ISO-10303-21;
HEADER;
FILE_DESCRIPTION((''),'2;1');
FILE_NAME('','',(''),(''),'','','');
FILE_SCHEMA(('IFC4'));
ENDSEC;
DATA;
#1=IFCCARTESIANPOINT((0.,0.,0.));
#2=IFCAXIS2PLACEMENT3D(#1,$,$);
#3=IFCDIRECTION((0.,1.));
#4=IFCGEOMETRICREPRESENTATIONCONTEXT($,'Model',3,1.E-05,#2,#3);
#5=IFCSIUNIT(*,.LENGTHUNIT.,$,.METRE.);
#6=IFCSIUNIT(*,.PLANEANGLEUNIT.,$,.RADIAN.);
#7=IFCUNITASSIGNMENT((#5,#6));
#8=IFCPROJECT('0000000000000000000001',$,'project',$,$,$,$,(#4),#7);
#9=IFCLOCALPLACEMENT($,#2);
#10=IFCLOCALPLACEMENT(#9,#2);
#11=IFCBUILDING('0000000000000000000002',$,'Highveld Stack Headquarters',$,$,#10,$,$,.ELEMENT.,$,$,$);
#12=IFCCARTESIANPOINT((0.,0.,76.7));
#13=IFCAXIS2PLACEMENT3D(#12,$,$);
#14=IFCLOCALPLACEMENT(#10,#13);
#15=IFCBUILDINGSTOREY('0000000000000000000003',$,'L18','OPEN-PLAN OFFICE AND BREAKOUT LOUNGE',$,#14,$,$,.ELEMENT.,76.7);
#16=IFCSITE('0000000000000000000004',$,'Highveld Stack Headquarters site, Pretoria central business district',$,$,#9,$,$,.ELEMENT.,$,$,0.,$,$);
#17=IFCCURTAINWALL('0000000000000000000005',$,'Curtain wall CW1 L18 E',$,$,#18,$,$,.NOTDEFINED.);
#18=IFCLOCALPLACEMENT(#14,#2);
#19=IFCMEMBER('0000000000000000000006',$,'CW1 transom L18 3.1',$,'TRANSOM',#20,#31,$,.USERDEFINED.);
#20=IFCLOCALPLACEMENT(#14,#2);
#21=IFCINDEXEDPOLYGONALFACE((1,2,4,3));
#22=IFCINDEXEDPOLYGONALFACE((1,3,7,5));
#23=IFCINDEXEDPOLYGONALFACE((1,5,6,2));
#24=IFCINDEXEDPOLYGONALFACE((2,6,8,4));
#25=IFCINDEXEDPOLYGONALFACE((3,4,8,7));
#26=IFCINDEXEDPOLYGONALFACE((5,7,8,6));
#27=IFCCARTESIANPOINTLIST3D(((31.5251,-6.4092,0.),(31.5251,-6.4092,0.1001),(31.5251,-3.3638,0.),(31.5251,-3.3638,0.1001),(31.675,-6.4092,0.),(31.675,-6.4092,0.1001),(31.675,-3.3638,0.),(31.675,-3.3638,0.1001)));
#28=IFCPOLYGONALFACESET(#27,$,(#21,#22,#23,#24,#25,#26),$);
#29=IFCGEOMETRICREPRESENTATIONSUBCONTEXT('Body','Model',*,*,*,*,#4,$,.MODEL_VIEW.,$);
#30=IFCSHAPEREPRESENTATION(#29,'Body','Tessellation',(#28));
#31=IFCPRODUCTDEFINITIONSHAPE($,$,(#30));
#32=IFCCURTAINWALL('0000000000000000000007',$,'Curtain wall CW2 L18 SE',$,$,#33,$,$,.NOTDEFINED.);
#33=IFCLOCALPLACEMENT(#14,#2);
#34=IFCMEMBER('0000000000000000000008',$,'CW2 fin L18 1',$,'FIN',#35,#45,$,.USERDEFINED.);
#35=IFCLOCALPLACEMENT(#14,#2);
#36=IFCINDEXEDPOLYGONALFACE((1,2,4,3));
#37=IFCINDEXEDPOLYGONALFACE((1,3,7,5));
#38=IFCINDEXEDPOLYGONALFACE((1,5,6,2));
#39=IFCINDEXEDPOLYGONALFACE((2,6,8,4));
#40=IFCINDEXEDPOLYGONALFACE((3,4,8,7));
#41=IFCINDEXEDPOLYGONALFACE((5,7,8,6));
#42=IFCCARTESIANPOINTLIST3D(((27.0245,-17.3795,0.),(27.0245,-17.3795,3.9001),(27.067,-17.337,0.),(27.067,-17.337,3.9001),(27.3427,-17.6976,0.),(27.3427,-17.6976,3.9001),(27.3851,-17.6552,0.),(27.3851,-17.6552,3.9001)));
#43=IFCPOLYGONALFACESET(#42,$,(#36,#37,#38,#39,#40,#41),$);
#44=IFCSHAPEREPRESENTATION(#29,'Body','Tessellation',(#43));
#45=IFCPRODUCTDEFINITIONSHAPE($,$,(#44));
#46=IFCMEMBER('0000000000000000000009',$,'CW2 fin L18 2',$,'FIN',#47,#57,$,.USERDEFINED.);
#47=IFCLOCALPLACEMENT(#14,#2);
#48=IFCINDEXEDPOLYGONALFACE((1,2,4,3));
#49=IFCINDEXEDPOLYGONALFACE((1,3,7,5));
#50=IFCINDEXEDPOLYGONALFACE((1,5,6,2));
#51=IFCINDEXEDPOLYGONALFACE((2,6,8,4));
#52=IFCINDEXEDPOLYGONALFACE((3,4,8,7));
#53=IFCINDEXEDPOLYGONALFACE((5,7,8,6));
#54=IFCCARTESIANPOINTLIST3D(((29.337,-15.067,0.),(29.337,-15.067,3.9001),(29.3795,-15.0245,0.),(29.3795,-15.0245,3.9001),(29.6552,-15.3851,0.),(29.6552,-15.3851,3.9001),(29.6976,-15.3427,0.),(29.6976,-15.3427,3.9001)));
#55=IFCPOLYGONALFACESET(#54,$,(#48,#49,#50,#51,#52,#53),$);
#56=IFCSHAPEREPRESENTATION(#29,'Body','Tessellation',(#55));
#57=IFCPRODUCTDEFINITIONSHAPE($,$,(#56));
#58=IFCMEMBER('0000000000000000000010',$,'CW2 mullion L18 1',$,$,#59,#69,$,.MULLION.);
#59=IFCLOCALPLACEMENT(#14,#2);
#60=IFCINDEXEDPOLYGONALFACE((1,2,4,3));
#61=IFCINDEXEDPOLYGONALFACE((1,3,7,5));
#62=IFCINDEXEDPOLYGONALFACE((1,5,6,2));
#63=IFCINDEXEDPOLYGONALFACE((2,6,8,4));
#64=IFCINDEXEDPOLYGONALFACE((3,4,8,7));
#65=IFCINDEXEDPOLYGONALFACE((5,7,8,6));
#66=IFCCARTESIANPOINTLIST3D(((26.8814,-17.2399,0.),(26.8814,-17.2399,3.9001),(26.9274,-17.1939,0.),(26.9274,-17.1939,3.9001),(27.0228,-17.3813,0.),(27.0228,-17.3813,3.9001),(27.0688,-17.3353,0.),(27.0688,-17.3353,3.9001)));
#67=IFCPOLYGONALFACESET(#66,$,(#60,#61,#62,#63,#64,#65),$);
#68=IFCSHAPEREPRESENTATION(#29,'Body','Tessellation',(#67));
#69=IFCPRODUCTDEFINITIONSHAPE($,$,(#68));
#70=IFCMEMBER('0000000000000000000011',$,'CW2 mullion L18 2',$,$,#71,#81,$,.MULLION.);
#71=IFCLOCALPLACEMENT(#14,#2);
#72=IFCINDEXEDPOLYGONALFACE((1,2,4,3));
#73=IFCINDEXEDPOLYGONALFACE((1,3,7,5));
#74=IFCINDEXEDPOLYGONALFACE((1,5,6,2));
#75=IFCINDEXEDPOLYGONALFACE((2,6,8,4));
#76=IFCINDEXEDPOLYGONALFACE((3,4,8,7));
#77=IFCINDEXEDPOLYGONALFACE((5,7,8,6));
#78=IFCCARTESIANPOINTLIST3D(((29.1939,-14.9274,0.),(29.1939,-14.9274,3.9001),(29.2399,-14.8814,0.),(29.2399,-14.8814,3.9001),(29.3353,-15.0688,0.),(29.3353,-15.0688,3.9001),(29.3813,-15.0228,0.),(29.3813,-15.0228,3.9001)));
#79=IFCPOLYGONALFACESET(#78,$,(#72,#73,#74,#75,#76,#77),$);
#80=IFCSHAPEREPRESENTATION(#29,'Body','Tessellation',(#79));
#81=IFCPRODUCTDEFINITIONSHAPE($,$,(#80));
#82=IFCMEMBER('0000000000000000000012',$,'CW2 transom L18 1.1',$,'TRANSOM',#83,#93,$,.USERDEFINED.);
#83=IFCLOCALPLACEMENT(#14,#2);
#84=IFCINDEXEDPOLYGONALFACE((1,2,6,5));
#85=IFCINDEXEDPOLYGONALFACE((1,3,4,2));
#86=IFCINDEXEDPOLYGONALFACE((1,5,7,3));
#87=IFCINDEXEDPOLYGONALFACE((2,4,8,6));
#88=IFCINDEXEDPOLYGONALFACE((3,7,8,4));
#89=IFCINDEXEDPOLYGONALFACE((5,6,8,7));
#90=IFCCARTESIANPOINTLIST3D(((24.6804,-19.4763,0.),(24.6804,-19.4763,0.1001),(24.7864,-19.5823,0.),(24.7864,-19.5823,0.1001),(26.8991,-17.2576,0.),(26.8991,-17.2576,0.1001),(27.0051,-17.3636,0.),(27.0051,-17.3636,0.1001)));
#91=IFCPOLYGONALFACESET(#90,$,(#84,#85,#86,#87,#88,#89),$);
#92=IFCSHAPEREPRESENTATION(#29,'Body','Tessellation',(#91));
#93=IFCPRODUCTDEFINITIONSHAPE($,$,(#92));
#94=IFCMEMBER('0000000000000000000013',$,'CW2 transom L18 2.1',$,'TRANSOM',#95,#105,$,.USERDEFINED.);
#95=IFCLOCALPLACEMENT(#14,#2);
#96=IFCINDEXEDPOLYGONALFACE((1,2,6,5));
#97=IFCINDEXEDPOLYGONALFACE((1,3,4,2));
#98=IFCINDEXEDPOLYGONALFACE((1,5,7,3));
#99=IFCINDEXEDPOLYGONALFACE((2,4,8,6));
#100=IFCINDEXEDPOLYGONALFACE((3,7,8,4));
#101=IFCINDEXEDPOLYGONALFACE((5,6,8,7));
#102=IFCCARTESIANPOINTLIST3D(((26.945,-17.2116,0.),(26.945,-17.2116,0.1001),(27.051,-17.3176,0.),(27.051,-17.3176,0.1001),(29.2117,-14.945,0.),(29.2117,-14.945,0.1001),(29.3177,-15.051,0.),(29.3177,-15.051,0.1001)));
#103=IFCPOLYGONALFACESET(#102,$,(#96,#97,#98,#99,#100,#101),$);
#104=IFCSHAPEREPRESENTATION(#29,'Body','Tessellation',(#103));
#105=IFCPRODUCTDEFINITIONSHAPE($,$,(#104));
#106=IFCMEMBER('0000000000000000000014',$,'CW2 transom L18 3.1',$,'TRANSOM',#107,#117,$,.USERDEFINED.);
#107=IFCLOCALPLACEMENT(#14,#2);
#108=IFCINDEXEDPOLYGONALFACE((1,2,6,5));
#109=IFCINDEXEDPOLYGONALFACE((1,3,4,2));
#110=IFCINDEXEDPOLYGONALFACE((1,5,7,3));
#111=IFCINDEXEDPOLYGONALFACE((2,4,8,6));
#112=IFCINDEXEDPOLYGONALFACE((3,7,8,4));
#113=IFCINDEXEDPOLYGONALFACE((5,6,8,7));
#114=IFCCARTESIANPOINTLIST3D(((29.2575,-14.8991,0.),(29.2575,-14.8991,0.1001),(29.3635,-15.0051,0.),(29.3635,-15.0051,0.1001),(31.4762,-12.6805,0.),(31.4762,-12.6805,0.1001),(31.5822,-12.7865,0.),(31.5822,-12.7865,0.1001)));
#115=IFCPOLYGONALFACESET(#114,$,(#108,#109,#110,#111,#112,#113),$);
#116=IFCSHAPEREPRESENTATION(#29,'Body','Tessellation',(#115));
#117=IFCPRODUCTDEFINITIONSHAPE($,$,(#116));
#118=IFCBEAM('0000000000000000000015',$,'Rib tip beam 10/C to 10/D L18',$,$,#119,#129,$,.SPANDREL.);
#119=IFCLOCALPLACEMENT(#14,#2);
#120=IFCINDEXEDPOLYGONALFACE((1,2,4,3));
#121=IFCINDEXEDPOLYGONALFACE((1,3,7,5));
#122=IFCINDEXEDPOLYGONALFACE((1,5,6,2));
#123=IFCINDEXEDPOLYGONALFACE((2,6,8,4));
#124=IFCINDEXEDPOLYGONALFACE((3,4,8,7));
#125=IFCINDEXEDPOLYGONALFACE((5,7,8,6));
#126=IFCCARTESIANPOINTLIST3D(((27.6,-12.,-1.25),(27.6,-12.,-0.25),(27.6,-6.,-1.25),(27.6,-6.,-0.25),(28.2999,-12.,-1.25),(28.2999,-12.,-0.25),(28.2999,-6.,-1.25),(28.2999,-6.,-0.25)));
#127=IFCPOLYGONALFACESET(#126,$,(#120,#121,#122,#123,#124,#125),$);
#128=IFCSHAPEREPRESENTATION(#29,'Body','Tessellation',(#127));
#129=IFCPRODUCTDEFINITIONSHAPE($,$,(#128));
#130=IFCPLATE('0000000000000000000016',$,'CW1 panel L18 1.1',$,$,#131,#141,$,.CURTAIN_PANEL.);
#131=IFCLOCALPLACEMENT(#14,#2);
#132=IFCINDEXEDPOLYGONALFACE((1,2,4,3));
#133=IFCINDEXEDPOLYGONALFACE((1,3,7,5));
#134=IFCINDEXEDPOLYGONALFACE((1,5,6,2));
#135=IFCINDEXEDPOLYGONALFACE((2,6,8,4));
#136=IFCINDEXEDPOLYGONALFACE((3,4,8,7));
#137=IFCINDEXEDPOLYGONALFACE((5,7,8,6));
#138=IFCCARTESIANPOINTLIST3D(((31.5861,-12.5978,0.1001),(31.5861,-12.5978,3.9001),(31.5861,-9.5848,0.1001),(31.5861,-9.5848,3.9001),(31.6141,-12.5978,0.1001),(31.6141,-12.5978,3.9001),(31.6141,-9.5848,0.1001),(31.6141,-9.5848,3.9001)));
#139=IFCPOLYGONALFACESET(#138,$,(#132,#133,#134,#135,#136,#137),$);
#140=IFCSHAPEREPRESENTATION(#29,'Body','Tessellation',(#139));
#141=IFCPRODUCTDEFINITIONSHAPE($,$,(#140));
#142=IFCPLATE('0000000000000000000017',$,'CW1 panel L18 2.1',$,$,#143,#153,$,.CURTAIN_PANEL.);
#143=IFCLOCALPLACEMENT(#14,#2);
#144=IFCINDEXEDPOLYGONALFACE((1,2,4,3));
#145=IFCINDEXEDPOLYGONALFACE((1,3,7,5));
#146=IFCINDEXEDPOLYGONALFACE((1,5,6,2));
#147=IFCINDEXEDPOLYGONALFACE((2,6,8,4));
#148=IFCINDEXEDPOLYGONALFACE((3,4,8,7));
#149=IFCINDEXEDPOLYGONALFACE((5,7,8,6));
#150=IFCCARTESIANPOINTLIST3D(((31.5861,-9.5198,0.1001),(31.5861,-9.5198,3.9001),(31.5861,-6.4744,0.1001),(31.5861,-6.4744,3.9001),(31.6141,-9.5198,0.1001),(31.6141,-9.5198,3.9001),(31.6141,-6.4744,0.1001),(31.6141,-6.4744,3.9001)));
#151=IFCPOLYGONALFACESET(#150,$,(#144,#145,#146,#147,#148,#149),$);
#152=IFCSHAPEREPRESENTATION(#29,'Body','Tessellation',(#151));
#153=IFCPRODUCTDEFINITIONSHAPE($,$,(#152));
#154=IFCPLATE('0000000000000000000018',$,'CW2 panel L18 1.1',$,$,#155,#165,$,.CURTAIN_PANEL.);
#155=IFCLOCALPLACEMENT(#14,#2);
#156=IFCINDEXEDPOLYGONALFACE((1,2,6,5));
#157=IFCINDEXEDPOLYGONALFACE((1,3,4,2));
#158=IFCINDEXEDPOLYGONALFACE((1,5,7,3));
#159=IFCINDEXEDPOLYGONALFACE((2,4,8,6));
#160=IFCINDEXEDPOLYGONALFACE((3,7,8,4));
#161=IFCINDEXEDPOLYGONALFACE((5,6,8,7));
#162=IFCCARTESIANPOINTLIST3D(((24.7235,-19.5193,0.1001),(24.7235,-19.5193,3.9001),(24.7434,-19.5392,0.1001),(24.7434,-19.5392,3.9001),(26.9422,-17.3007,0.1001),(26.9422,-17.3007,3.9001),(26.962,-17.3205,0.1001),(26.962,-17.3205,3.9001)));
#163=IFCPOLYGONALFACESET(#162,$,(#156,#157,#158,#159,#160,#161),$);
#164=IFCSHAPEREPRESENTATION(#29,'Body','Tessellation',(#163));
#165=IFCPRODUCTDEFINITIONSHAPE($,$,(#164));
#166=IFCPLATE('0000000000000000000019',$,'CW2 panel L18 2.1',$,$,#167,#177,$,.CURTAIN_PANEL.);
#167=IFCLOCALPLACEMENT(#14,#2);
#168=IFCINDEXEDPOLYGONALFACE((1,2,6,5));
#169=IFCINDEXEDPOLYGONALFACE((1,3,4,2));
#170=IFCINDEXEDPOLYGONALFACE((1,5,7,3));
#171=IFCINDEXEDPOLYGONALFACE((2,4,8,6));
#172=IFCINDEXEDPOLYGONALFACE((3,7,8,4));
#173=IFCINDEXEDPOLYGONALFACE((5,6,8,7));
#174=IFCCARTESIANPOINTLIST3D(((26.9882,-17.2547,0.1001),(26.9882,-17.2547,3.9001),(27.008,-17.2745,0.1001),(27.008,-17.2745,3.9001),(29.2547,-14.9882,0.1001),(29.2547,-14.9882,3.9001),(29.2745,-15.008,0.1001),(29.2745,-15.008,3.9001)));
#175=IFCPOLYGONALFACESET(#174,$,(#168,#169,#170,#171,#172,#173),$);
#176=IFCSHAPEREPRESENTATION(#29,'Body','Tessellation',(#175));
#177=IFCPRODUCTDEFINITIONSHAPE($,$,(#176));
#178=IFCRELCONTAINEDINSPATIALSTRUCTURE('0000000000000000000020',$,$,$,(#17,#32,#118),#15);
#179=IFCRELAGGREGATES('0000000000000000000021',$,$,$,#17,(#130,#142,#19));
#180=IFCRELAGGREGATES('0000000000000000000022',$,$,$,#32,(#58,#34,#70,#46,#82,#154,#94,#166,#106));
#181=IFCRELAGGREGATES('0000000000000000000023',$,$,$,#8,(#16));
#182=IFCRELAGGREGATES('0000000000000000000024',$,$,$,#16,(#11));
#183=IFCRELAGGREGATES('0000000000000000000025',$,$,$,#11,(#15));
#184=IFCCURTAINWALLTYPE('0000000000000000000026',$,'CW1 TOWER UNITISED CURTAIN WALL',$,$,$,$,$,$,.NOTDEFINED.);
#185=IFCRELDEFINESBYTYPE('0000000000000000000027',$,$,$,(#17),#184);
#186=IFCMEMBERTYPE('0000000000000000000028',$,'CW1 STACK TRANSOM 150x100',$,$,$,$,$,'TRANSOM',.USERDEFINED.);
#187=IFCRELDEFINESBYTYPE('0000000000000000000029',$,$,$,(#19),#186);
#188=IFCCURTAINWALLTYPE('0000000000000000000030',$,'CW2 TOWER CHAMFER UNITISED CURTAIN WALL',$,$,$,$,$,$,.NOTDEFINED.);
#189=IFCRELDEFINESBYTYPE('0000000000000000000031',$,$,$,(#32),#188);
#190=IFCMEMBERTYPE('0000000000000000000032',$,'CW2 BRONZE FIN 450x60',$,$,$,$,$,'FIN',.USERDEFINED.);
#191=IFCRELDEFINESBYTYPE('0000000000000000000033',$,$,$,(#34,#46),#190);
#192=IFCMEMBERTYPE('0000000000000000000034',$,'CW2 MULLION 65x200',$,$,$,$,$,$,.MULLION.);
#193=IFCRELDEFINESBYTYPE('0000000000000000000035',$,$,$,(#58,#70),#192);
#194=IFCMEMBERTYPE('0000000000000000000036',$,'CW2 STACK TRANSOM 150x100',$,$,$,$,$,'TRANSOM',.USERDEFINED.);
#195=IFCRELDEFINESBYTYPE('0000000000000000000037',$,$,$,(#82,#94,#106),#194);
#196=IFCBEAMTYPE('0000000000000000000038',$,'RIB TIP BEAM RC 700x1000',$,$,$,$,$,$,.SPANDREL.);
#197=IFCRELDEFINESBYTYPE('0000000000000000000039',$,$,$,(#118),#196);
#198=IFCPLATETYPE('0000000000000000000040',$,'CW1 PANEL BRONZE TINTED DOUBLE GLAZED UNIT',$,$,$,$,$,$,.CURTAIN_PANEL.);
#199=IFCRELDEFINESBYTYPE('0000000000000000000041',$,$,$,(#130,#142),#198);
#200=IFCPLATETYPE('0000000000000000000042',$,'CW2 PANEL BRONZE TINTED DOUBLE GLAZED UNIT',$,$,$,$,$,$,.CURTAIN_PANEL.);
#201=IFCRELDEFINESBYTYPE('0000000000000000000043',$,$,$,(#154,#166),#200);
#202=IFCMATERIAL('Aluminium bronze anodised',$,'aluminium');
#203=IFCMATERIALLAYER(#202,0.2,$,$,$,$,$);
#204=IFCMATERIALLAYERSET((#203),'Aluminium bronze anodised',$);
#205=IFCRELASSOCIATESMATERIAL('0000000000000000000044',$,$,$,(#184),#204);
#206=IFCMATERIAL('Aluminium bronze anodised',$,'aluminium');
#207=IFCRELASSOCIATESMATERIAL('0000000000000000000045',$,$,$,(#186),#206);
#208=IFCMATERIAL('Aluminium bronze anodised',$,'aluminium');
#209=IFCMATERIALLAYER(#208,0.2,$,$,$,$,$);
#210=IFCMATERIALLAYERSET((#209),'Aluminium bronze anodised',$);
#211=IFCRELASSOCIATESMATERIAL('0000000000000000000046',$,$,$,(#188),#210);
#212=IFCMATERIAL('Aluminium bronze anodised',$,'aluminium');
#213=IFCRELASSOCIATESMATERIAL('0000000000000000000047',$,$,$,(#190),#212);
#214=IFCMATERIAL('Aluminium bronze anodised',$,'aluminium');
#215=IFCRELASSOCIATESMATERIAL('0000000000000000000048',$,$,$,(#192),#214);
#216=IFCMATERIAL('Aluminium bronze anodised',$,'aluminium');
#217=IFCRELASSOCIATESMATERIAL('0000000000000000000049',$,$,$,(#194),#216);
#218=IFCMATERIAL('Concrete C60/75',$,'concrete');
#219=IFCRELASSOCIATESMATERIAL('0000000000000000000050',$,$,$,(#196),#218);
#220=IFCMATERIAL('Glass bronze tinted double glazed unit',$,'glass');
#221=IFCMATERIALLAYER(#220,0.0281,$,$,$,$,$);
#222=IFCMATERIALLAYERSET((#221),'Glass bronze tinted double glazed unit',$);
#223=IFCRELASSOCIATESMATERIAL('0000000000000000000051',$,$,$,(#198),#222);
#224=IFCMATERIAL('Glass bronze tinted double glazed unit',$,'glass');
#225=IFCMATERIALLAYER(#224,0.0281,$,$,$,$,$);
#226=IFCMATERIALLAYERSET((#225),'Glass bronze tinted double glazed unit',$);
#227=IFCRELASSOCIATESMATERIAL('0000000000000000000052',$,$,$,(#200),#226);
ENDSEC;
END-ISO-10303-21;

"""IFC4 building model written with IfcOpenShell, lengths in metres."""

from ifc_helpers import new_model, si_unit, direction, frame, origin, origin_2d, place, context, subcontext, project, spatial, rectangle, extrude, material, layer, layer_set, material_profile, profile_set, type_object, element, aggregate, save


model = new_model("IFC4")

# Units and contexts
model_context = context("Model", 3, precision=1e-05, world=origin(), true_north=direction((0.0, 1.0)))
body_context = subcontext(model_context, "Body", "Model", "MODEL_VIEW")
ifc_project = project(units=[si_unit("LENGTHUNIT", "METRE"), si_unit("PLANEANGLEUNIT", "RADIAN")], contexts=[model_context])

# Site, building, storey
site_placement = place(None, origin())
site = spatial("IfcSite", under=ifc_project, at=site_placement, Name="Highveld Stack Headquarters site, Pretoria central business district", CompositionType="ELEMENT", RefElevation=0.0)
building_placement = place(site_placement, origin())
building = spatial("IfcBuilding", under=site, at=building_placement, Name="Highveld Stack Headquarters", CompositionType="ELEMENT")
storey_placement = place(building_placement, frame((0.0, 0.0, 76.7)))
storey = spatial("IfcBuildingStorey", under=building, at=storey_placement, Name="L18", Description="OPEN-PLAN OFFICE AND BREAKOUT LOUNGE", CompositionType="ELEMENT", Elevation=76.7)

# Shared definitions
ifc_material_1 = material(Name="Aluminium bronze anodised", Category="aluminium")
ifc_layer_1 = layer(ifc_material_1, 0.2)
ifc_layer_set_1 = layer_set([ifc_layer_1], Name="Aluminium bronze anodised")
curtain_wall_type_1 = type_object("IfcCurtainWallType", Name="CW1 TOWER UNITISED CURTAIN WALL", PredefinedType="NOTDEFINED", material=ifc_layer_set_1)

# Curtain wall
curtain_wall_1_placement = place(storey_placement, origin())
curtain_wall_1 = element("IfcCurtainWall", 1, at=curtain_wall_1_placement, inside=storey, type_object=curtain_wall_type_1, Name="Curtain wall CW1 L18 E", PredefinedType="NOTDEFINED")

# Member
ifc_material_2 = material(Name="Aluminium bronze anodised", Category="aluminium")
ifc_material_profile_1 = material_profile(ifc_material_2, rectangle(XDim=0.1499, YDim=0.1001, at=origin_2d()), Name="CW1 TRANSOM 150x100")
ifc_profile_set_1 = profile_set([ifc_material_profile_1], Name="Aluminium bronze anodised")
member_type_1 = type_object("IfcMemberType", Name="CW1 STACK TRANSOM 150x100", ElementType="TRANSOM", PredefinedType="USERDEFINED", material=ifc_profile_set_1)
member_1_placement = place(storey_placement, frame((31.6001, -6.4092, 0.05), z_axis=(0.0, 1.0, 0.0), x_axis=(-1.0, 0.0, 0.0)))
member_1 = element("IfcMember", 2, at=member_1_placement, type_object=member_type_1, Name="CW1 transom L18 3.1", ObjectType="TRANSOM", PredefinedType="USERDEFINED", context=body_context, shape_type="SweptSolid", body=[
    extrude(rectangle(XDim=0.1499, YDim=0.1001, at=origin_2d()), origin(), (0.0, 0.0, 1.0), 3.0454),
])

# Curtain wall, members
ifc_material_3 = material(Name="Aluminium bronze anodised", Category="aluminium")
ifc_layer_2 = layer(ifc_material_3, 0.2)
ifc_layer_set_2 = layer_set([ifc_layer_2], Name="Aluminium bronze anodised")
curtain_wall_type_2 = type_object("IfcCurtainWallType", Name="CW2 TOWER CHAMFER UNITISED CURTAIN WALL", PredefinedType="NOTDEFINED", material=ifc_layer_set_2)
curtain_wall_2_placement = place(storey_placement, origin())
curtain_wall_2 = element("IfcCurtainWall", 3, at=curtain_wall_2_placement, inside=storey, type_object=curtain_wall_type_2, Name="Curtain wall CW2 L18 SE", PredefinedType="NOTDEFINED")
ifc_material_4 = material(Name="Aluminium bronze anodised", Category="aluminium")
ifc_material_profile_2 = material_profile(ifc_material_4, rectangle(XDim=0.45, YDim=0.0601, at=origin_2d()), Name="FIN 450x60")
ifc_profile_set_2 = profile_set([ifc_material_profile_2], Name="Aluminium bronze anodised")
member_type_2 = type_object("IfcMemberType", Name="CW2 BRONZE FIN 450x60", ElementType="FIN", PredefinedType="USERDEFINED", material=ifc_profile_set_2)
member_2_placement = place(storey_placement, frame((27.2048, -17.5173, 0.0), z_axis=(0.0, 0.0, 1.0), x_axis=(-0.707107, 0.707107, 0.0)))
member_2 = element("IfcMember", 4, at=member_2_placement, type_object=member_type_2, Name="CW2 fin L18 1", ObjectType="FIN", PredefinedType="USERDEFINED", context=body_context, shape_type="SweptSolid", body=[
    extrude(rectangle(XDim=0.45, YDim=0.0601, at=origin_2d()), origin(), (0.0, 0.0, 1.0), 3.9001),
])
member_3_placement = place(storey_placement, frame((29.5173, -15.2048, 0.0), z_axis=(0.0, 0.0, 1.0), x_axis=(-0.707107, 0.707107, 0.0)))
member_3 = element("IfcMember", 5, at=member_3_placement, type_object=member_type_2, Name="CW2 fin L18 2", ObjectType="FIN", PredefinedType="USERDEFINED", context=body_context, shape_type="SweptSolid", body=[
    extrude(rectangle(XDim=0.45, YDim=0.0601, at=origin_2d()), origin(), (0.0, 0.0, 1.0), 3.9001),
])
ifc_material_5 = material(Name="Aluminium bronze anodised", Category="aluminium")
ifc_material_profile_3 = material_profile(ifc_material_5, rectangle(XDim=0.2, YDim=0.0649, at=origin_2d()), Name="CW2 MULLION 65x200")
ifc_profile_set_3 = profile_set([ifc_material_profile_3], Name="Aluminium bronze anodised")
member_type_3 = type_object("IfcMemberType", Name="CW2 MULLION 65x200", PredefinedType="MULLION", material=ifc_profile_set_3)
member_4_placement = place(storey_placement, frame((26.9751, -17.2876, 0.0), z_axis=(0.0, 0.0, 1.0), x_axis=(-0.707107, 0.707107, 0.0)))
member_4 = element("IfcMember", 6, at=member_4_placement, type_object=member_type_3, Name="CW2 mullion L18 1", PredefinedType="MULLION", context=body_context, shape_type="SweptSolid", body=[
    extrude(rectangle(XDim=0.2, YDim=0.0649, at=origin_2d()), origin(), (0.0, 0.0, 1.0), 3.9001),
])
member_5_placement = place(storey_placement, frame((29.2876, -14.9751, 0.0), z_axis=(0.0, 0.0, 1.0), x_axis=(-0.707107, 0.707107, 0.0)))
member_5 = element("IfcMember", 7, at=member_5_placement, type_object=member_type_3, Name="CW2 mullion L18 2", PredefinedType="MULLION", context=body_context, shape_type="SweptSolid", body=[
    extrude(rectangle(XDim=0.2, YDim=0.0649, at=origin_2d()), origin(), (0.0, 0.0, 1.0), 3.9001),
])
ifc_material_6 = material(Name="Aluminium bronze anodised", Category="aluminium")
ifc_material_profile_4 = material_profile(ifc_material_6, rectangle(XDim=0.1499, YDim=0.1001, at=origin_2d()), Name="CW2 TRANSOM 150x100")
ifc_profile_set_4 = profile_set([ifc_material_profile_4], Name="Aluminium bronze anodised")
member_type_4 = type_object("IfcMemberType", Name="CW2 STACK TRANSOM 150x100", ElementType="TRANSOM", PredefinedType="USERDEFINED", material=ifc_profile_set_4)
member_6_placement = place(storey_placement, frame((24.7334, -19.5293, 0.05), z_axis=(0.707107, 0.707107, 0.0), x_axis=(-0.707107, 0.707107, 0.0)))
member_6 = element("IfcMember", 8, at=member_6_placement, type_object=member_type_4, Name="CW2 transom L18 1.1", ObjectType="TRANSOM", PredefinedType="USERDEFINED", context=body_context, shape_type="SweptSolid", body=[
    extrude(rectangle(XDim=0.1499, YDim=0.1001, at=origin_2d()), origin(), (0.0, 0.0, 1.0), 3.1377),
])
member_7_placement = place(storey_placement, frame((26.998, -17.2646, 0.05), z_axis=(0.707107, 0.707107, 0.0), x_axis=(-0.707107, 0.707107, 0.0)))
member_7 = element("IfcMember", 9, at=member_7_placement, type_object=member_type_4, Name="CW2 transom L18 2.1", ObjectType="TRANSOM", PredefinedType="USERDEFINED", context=body_context, shape_type="SweptSolid", body=[
    extrude(rectangle(XDim=0.1499, YDim=0.1001, at=origin_2d()), origin(), (0.0, 0.0, 1.0), 3.2056),
])
member_8_placement = place(storey_placement, frame((29.3105, -14.9521, 0.05), z_axis=(0.707107, 0.707107, 0.0), x_axis=(-0.707107, 0.707107, 0.0)))
member_8 = element("IfcMember", 10, at=member_8_placement, type_object=member_type_4, Name="CW2 transom L18 3.1", ObjectType="TRANSOM", PredefinedType="USERDEFINED", context=body_context, shape_type="SweptSolid", body=[
    extrude(rectangle(XDim=0.1499, YDim=0.1001, at=origin_2d()), origin(), (0.0, 0.0, 1.0), 3.1377),
])

# Beam
ifc_material_7 = material(Name="Concrete C60/75", Category="concrete")
ifc_material_profile_5 = material_profile(ifc_material_7, rectangle(XDim=0.7, YDim=1.0, at=origin_2d()), Name="RC 700x1000")
ifc_profile_set_5 = profile_set([ifc_material_profile_5], Name="Concrete C60/75")
beam_type_1 = type_object("IfcBeamType", Name="RIB TIP BEAM RC 700x1000", PredefinedType="SPANDREL", material=ifc_profile_set_5)
beam_1_placement = place(storey_placement, frame((27.95, -12.0, -0.75), z_axis=(0.0, 1.0, 0.0), x_axis=(-1.0, 0.0, 0.0)))
element("IfcBeam", 11, at=beam_1_placement, inside=storey, type_object=beam_type_1, Name="Rib tip beam 10/C to 10/D L18", PredefinedType="SPANDREL", context=body_context, shape_type="SweptSolid", body=[
    extrude(rectangle(XDim=0.7, YDim=1.0, at=origin_2d()), origin(), (0.0, 0.0, 1.0), 6.0),
])

# Plates
ifc_material_8 = material(Name="Glass bronze tinted double glazed unit", Category="glass")
ifc_layer_3 = layer(ifc_material_8, 0.0281)
ifc_layer_set_3 = layer_set([ifc_layer_3], Name="Glass bronze tinted double glazed unit")
plate_type_1 = type_object("IfcPlateType", Name="CW1 PANEL BRONZE TINTED DOUBLE GLAZED UNIT", PredefinedType="CURTAIN_PANEL", material=ifc_layer_set_3)
plate_1_placement = place(storey_placement, frame((31.6001, -11.0913, 0.1001), z_axis=(0.0, 0.0, 1.0), x_axis=(0.0, 1.0, 0.0)))
plate_1 = element("IfcPlate", 12, at=plate_1_placement, type_object=plate_type_1, Name="CW1 panel L18 1.1", PredefinedType="CURTAIN_PANEL", context=body_context, shape_type="SweptSolid", body=[
    extrude(rectangle(XDim=3.0129, YDim=0.0281, at=origin_2d()), origin(), (0.0, 0.0, 1.0), 3.8),
])
plate_2_placement = place(storey_placement, frame((31.6001, -7.9971, 0.1001), z_axis=(0.0, 0.0, 1.0), x_axis=(0.0, 1.0, 0.0)))
plate_2 = element("IfcPlate", 13, at=plate_2_placement, type_object=plate_type_1, Name="CW1 panel L18 2.1", PredefinedType="CURTAIN_PANEL", context=body_context, shape_type="SweptSolid", body=[
    extrude(rectangle(XDim=3.0454, YDim=0.0281, at=origin_2d()), origin(), (0.0, 0.0, 1.0), 3.8),
])
aggregate(curtain_wall_1, [plate_1, plate_2, member_1])
ifc_material_9 = material(Name="Glass bronze tinted double glazed unit", Category="glass")
ifc_layer_4 = layer(ifc_material_9, 0.0281)
ifc_layer_set_4 = layer_set([ifc_layer_4], Name="Glass bronze tinted double glazed unit")
plate_type_2 = type_object("IfcPlateType", Name="CW2 PANEL BRONZE TINTED DOUBLE GLAZED UNIT", PredefinedType="CURTAIN_PANEL", material=ifc_layer_set_4)
plate_3_placement = place(storey_placement, frame((25.8428, -18.4199, 0.1001), z_axis=(0.0, 0.0, 1.0), x_axis=(0.707107, 0.707107, 0.0)))
plate_3 = element("IfcPlate", 14, at=plate_3_placement, type_object=plate_type_2, Name="CW2 panel L18 1.1", PredefinedType="CURTAIN_PANEL", context=body_context, shape_type="SweptSolid", body=[
    extrude(rectangle(XDim=3.1377, YDim=0.0281, at=origin_2d()), origin(), (0.0, 0.0, 1.0), 3.8),
])
plate_4_placement = place(storey_placement, frame((28.1313, -16.1313, 0.1001), z_axis=(0.0, 0.0, 1.0), x_axis=(0.707107, 0.707107, 0.0)))
plate_4 = element("IfcPlate", 15, at=plate_4_placement, type_object=plate_type_2, Name="CW2 panel L18 2.1", PredefinedType="CURTAIN_PANEL", context=body_context, shape_type="SweptSolid", body=[
    extrude(rectangle(XDim=3.2053, YDim=0.0281, at=origin_2d()), origin(), (0.0, 0.0, 1.0), 3.8),
])
aggregate(curtain_wall_2, [member_4, member_2, member_5, member_3, member_6, plate_3, member_7, plate_4, member_8])

save(model, "model.ifc")
